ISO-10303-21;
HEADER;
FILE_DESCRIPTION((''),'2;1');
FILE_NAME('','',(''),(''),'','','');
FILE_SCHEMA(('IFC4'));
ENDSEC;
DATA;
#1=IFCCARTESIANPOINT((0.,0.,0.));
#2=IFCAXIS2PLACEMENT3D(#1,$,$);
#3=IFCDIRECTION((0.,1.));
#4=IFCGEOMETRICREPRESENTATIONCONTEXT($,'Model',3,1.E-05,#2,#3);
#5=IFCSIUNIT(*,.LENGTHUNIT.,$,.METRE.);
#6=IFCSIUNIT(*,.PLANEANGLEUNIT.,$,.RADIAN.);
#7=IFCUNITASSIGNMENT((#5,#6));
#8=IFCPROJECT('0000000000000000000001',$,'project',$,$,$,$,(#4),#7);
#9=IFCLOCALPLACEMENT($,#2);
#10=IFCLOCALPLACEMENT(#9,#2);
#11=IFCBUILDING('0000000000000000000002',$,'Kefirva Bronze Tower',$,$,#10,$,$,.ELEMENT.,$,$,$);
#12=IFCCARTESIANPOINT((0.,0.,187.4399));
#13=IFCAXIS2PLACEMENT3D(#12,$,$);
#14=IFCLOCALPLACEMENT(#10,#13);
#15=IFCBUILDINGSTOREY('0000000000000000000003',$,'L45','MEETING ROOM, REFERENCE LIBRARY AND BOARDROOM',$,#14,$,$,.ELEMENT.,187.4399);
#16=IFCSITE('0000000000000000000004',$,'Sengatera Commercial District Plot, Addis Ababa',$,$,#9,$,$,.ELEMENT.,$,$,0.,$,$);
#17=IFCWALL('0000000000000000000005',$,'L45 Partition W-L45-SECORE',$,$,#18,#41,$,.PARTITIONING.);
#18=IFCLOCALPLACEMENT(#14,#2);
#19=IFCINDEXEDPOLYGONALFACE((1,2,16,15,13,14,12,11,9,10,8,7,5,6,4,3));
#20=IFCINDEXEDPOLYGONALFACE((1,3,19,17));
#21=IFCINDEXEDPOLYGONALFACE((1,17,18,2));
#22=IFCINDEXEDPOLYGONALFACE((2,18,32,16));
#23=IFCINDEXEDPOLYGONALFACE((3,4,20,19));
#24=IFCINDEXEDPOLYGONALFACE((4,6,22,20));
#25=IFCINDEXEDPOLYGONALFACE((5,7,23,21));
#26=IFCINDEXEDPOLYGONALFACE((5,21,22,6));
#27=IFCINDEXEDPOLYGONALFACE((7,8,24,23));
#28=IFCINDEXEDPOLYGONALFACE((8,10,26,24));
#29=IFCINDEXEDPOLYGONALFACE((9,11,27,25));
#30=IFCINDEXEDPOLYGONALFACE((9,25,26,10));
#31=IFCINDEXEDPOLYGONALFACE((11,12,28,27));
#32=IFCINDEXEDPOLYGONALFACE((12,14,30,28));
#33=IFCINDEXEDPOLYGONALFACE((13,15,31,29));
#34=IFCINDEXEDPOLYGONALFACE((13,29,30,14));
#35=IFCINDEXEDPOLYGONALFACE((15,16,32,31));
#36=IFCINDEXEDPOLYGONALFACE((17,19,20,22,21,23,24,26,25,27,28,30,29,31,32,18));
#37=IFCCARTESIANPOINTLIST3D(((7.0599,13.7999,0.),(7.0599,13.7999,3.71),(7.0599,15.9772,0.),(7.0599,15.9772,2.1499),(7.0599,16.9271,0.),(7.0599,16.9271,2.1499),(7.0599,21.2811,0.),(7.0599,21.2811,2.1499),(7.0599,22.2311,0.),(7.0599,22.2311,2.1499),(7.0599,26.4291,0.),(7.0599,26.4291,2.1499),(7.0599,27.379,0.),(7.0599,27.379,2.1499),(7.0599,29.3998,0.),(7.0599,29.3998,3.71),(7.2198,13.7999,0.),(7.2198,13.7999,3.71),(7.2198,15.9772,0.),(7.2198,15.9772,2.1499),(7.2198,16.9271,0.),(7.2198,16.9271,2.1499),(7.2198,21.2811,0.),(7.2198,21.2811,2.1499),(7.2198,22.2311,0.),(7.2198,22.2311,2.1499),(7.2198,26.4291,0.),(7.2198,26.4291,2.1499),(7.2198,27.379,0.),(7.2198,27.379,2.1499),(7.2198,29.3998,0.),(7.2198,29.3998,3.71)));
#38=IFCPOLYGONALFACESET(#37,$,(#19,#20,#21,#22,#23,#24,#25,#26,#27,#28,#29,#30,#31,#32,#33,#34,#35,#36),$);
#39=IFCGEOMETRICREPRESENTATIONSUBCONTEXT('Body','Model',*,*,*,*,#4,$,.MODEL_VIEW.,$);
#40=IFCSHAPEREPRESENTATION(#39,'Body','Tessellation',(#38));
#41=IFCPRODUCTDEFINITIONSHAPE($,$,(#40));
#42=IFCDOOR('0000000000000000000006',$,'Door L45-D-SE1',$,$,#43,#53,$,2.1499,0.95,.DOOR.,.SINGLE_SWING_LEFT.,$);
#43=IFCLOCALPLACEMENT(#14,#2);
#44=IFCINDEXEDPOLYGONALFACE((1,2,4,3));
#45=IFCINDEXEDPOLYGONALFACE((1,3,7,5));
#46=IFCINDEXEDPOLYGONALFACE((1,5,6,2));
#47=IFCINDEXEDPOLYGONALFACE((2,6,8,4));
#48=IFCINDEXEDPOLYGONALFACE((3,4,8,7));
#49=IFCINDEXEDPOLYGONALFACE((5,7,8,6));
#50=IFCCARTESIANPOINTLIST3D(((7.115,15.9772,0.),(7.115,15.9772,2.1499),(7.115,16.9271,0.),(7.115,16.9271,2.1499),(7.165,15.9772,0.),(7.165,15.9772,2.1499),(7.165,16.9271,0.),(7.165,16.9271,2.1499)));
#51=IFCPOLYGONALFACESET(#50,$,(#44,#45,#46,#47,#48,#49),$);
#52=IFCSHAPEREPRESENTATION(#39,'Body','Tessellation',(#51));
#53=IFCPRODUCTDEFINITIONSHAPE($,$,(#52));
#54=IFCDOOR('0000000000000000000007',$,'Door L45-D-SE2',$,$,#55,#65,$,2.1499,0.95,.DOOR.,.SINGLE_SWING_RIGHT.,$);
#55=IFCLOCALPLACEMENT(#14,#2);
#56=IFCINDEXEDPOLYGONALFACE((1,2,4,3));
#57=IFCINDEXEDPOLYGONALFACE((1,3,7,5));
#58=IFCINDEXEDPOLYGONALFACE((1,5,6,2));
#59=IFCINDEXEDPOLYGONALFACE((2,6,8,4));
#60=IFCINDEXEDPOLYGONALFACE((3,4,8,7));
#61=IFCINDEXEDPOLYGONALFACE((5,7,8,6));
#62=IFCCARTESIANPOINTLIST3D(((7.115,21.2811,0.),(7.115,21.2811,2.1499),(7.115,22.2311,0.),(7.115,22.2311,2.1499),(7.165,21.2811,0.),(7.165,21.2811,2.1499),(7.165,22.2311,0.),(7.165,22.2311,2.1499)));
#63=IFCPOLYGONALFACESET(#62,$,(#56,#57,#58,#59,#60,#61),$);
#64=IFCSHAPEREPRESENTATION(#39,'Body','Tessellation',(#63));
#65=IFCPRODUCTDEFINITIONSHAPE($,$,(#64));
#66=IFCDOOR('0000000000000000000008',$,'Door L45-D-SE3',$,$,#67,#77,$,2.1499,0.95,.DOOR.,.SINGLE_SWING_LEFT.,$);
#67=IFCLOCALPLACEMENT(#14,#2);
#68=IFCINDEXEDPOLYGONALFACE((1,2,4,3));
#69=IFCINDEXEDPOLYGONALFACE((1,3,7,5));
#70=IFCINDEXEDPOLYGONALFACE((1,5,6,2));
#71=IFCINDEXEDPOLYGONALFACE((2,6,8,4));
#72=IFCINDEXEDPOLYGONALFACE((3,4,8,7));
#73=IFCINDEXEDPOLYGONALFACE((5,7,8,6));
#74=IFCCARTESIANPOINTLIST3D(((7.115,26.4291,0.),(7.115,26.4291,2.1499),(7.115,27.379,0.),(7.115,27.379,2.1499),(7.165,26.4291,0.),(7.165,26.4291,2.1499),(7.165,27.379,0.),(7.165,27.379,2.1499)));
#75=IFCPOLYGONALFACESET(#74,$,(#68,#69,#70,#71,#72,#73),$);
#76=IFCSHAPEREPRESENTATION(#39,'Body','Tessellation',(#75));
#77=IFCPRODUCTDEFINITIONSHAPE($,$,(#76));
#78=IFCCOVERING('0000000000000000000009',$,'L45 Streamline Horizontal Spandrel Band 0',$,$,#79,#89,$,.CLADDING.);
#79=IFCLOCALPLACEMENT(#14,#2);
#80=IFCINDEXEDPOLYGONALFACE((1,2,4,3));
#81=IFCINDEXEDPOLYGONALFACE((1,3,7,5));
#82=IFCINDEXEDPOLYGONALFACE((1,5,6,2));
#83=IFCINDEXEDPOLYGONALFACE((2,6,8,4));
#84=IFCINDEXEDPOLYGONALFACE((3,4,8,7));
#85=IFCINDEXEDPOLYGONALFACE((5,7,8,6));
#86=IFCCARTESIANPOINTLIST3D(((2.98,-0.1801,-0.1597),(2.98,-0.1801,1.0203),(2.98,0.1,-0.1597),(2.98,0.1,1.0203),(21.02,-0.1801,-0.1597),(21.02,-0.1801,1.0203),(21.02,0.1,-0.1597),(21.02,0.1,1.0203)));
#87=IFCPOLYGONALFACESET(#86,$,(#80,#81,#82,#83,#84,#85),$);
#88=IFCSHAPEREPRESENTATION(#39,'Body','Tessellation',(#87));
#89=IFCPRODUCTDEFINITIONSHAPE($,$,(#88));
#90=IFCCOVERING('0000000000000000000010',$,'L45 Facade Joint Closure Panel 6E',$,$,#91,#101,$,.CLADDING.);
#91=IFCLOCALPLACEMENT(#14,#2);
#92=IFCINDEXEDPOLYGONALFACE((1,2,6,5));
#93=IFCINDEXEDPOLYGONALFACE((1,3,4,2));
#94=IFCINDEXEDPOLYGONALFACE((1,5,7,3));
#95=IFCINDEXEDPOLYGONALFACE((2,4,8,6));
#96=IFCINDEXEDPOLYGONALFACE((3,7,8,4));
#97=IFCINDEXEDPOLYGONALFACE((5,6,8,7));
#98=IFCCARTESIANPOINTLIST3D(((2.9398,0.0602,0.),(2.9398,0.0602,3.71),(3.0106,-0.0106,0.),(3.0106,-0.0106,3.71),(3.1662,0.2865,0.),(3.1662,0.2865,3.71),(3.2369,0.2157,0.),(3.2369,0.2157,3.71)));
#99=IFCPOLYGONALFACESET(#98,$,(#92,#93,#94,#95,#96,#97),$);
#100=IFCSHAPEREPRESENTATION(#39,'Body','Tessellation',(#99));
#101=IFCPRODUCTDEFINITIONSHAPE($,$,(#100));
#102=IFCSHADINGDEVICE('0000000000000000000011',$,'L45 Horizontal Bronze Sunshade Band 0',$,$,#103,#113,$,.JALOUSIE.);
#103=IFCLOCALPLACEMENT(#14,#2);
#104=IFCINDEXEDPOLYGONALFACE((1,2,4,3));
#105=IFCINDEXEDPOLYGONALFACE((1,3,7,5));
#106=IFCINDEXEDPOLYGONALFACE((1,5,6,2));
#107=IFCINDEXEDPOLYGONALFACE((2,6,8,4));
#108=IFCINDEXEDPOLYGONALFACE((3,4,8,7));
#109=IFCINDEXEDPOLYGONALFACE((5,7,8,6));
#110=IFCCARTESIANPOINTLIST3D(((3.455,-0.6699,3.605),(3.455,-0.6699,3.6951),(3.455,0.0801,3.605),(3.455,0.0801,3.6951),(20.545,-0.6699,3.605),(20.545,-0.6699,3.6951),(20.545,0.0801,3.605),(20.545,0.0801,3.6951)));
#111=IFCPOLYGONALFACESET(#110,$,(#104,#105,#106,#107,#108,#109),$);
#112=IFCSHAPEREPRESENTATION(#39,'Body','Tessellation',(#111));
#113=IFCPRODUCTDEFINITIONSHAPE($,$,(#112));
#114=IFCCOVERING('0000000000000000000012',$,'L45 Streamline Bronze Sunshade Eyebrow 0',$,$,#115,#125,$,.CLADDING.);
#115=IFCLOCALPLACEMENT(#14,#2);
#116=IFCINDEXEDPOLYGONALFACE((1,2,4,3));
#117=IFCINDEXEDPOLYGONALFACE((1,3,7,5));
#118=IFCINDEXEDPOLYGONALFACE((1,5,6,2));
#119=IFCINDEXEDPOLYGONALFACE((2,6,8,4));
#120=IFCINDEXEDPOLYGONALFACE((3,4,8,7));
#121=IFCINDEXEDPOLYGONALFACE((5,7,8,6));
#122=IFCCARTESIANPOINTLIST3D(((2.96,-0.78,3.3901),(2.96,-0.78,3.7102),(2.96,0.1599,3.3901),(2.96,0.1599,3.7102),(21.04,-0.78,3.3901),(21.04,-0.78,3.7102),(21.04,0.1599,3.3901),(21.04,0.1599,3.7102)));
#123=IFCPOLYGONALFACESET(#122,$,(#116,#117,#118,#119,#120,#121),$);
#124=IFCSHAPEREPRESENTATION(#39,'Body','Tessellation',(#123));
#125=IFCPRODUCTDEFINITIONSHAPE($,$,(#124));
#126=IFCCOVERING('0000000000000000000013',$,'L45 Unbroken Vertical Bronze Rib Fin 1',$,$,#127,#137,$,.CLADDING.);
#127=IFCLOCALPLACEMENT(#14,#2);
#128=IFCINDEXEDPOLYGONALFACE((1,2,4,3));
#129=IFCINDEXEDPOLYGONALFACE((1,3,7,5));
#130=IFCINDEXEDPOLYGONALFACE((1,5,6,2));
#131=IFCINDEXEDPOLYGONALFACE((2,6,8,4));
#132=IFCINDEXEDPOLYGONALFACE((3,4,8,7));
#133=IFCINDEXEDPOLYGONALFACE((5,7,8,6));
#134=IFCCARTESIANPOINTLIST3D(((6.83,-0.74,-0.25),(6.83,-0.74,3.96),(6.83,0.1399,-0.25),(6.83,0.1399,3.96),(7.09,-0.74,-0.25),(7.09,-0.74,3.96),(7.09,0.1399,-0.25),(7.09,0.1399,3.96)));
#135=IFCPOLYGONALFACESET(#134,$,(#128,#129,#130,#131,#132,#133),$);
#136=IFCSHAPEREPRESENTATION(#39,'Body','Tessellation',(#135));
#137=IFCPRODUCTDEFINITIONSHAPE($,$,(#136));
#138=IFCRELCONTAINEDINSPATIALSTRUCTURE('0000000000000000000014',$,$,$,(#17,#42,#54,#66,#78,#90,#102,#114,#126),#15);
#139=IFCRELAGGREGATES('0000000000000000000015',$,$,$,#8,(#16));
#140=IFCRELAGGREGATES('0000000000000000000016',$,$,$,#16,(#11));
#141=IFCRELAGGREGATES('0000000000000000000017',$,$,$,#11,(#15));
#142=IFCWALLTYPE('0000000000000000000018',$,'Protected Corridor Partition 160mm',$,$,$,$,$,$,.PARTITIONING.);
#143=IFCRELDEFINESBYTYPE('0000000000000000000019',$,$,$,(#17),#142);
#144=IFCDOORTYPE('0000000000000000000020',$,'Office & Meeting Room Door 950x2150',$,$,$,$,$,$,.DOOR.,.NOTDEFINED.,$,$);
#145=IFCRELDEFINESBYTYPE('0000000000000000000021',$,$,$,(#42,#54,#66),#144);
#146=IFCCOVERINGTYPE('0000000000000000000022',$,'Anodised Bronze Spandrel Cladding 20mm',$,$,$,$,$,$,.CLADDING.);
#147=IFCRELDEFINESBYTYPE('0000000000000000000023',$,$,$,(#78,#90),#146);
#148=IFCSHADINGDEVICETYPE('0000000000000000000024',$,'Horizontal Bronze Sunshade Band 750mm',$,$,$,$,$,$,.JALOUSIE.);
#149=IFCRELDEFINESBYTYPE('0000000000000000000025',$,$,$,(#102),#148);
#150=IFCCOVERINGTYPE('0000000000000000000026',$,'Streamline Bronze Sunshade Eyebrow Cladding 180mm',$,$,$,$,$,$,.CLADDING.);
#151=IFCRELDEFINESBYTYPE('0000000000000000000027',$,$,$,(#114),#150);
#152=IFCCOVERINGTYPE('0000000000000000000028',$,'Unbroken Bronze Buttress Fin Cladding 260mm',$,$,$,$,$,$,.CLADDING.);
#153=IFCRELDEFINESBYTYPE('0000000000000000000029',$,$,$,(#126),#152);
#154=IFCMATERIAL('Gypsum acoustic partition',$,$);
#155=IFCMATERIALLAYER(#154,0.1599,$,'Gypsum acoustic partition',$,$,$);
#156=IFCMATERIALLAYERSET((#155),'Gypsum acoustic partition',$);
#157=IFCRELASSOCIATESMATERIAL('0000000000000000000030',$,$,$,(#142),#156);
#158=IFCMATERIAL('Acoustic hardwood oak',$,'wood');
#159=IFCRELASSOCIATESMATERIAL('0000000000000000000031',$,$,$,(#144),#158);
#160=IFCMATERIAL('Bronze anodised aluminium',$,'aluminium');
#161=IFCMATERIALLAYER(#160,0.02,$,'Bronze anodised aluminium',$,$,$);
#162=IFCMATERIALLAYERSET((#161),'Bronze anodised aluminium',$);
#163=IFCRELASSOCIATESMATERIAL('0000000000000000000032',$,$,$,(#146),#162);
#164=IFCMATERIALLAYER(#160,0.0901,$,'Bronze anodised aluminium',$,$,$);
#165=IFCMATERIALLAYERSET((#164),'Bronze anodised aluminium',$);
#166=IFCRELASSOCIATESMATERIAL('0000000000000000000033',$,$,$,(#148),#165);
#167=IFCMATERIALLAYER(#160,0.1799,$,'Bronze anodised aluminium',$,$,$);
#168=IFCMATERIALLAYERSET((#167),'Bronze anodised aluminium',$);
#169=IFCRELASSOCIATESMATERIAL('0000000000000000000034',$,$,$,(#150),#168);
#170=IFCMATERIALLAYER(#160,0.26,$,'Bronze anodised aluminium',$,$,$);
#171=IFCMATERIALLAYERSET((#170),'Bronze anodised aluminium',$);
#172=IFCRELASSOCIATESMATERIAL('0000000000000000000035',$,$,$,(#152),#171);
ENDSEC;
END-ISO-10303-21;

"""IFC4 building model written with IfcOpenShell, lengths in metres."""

from ifc_helpers import new_model, si_unit, direction, frame, frame_2d, origin, origin_2d, place, context, subcontext, project, spatial, rectangle, extrude, material, layer, layer_set, type_object, element, fill, save


model = new_model("IFC4")

# Units and contexts
model_context = context("Model", 3, precision=1e-05, world=origin(), true_north=direction((0.0, 1.0)))
body_context = subcontext(model_context, "Body", "Model", "MODEL_VIEW")
ifc_project = project(units=[si_unit("LENGTHUNIT", "METRE"), si_unit("PLANEANGLEUNIT", "RADIAN")], contexts=[model_context])

# Site, building, storey
site_placement = place(None, origin())
site = spatial("IfcSite", under=ifc_project, at=site_placement, Name="Sengatera Commercial District Plot, Addis Ababa", CompositionType="ELEMENT", RefElevation=0.0)
building_placement = place(site_placement, origin())
building = spatial("IfcBuilding", under=site, at=building_placement, Name="Kefirva Bronze Tower", CompositionType="ELEMENT")
storey_placement = place(building_placement, frame((0.0, 0.0, 187.4399)))
storey = spatial("IfcBuildingStorey", under=building, at=storey_placement, Name="L45", Description="MEETING ROOM, REFERENCE LIBRARY AND BOARDROOM", CompositionType="ELEMENT", Elevation=187.4399)

# Shared definitions
ifc_material_1 = material(Name="Bronze anodised aluminium", Category="aluminium")

# Shared definitions
ifc_material_2 = material(Name="Gypsum acoustic partition")

# Shared definitions
ifc_layer_1 = layer(ifc_material_2, 0.1599, Name="Gypsum acoustic partition")
ifc_layer_set_1 = layer_set([ifc_layer_1], Name="Gypsum acoustic partition")
wall_type_1 = type_object("IfcWallType", Name="Protected Corridor Partition 160mm", PredefinedType="PARTITIONING", material=ifc_layer_set_1)
ifc_material_3 = material(Name="Acoustic hardwood oak", Category="wood")
door_type = type_object("IfcDoorType", Name="Office & Meeting Room Door 950x2150", OperationType="NOTDEFINED", PredefinedType="DOOR", material=ifc_material_3)

# Wall, openings, doors
wall_1_placement = place(storey_placement, frame((7.1399, 13.8, 0.0), z_axis=(0.0, 0.0, 1.0), x_axis=(0.0, 1.0, 0.0)))
wall_1 = element("IfcWall", 1, at=wall_1_placement, inside=storey, type_object=wall_type_1, Name="L45 Partition W-L45-SECORE", PredefinedType="PARTITIONING", context=body_context, shape_type="SweptSolid", body=[
    extrude(rectangle(XDim=15.5999, YDim=0.1599, at=frame_2d((7.7998, 0.0))), origin(), (0.0, 0.0, 1.0), 3.71),
])
opening_1_placement = place(wall_1_placement, frame((2.177, 0.0, 0.0)))
opening_1 = element("IfcOpeningElement", 2, at=opening_1_placement, cuts=wall_1, PredefinedType="OPENING", context=body_context, shape_type="SweptSolid", body=[
    extrude(rectangle(XDim=0.95, YDim=2.1499, at=frame_2d((0.4751, 1.075))), frame((0.0, 0.0898, 0.0), z_axis=(0.0, -1.0, 0.0), x_axis=(1.0, 0.0, 0.0)), (0.0, 0.0, 1.0), 0.1799),
])
opening_2_placement = place(wall_1_placement, frame((7.481, 0.0, 0.0)))
opening_2 = element("IfcOpeningElement", 3, at=opening_2_placement, cuts=wall_1, PredefinedType="OPENING", context=body_context, shape_type="SweptSolid", body=[
    extrude(rectangle(XDim=0.95, YDim=2.1499, at=frame_2d((0.4751, 1.075))), frame((0.0, 0.0898, 0.0), z_axis=(0.0, -1.0, 0.0), x_axis=(1.0, 0.0, 0.0)), (0.0, 0.0, 1.0), 0.1799),
])
opening_3_placement = place(wall_1_placement, frame((12.6289, 0.0, 0.0)))
opening_3 = element("IfcOpeningElement", 4, at=opening_3_placement, cuts=wall_1, PredefinedType="OPENING", context=body_context, shape_type="SweptSolid", body=[
    extrude(rectangle(XDim=0.95, YDim=2.1499, at=frame_2d((0.4751, 1.075))), frame((0.0, 0.0898, 0.0), z_axis=(0.0, -1.0, 0.0), x_axis=(1.0, 0.0, 0.0)), (0.0, 0.0, 1.0), 0.1799),
])
door_1_placement = place(opening_1_placement, origin())
door_1 = element("IfcDoor", 5, at=door_1_placement, inside=storey, type_object=door_type, Name="Door L45-D-SE1", OperationType="SINGLE_SWING_LEFT", OverallHeight=2.1499, OverallWidth=0.95, PredefinedType="DOOR", context=body_context, shape_type="SweptSolid", body=[
    extrude(rectangle(XDim=0.95, YDim=2.1499, at=frame_2d((0.4751, 1.075))), frame((0.0, 0.0249, 0.0), z_axis=(0.0, -1.0, 0.0), x_axis=(1.0, 0.0, 0.0)), (0.0, 0.0, 1.0), 0.05),
])
fill(opening_1, door_1)
door_2_placement = place(opening_2_placement, origin())
door_2 = element("IfcDoor", 6, at=door_2_placement, inside=storey, type_object=door_type, Name="Door L45-D-SE2", OperationType="SINGLE_SWING_RIGHT", OverallHeight=2.1499, OverallWidth=0.95, PredefinedType="DOOR", context=body_context, shape_type="SweptSolid", body=[
    extrude(rectangle(XDim=0.95, YDim=2.1499, at=frame_2d((0.4751, 1.075))), frame((0.0, 0.0249, 0.0), z_axis=(0.0, -1.0, 0.0), x_axis=(1.0, 0.0, 0.0)), (0.0, 0.0, 1.0), 0.05),
])
fill(opening_2, door_2)
door_3_placement = place(opening_3_placement, origin())
door_3 = element("IfcDoor", 7, at=door_3_placement, inside=storey, type_object=door_type, Name="Door L45-D-SE3", OperationType="SINGLE_SWING_LEFT", OverallHeight=2.1499, OverallWidth=0.95, PredefinedType="DOOR", context=body_context, shape_type="SweptSolid", body=[
    extrude(rectangle(XDim=0.95, YDim=2.1499, at=frame_2d((0.4751, 1.075))), frame((0.0, 0.0249, 0.0), z_axis=(0.0, -1.0, 0.0), x_axis=(1.0, 0.0, 0.0)), (0.0, 0.0, 1.0), 0.05),
])
fill(opening_3, door_3)

# Coverings
ifc_layer_2 = layer(ifc_material_1, 0.02, Name="Bronze anodised aluminium")
ifc_layer_set_2 = layer_set([ifc_layer_2], Name="Bronze anodised aluminium")
covering_type_1 = type_object("IfcCoveringType", Name="Anodised Bronze Spandrel Cladding 20mm", PredefinedType="CLADDING", material=ifc_layer_set_2)
covering_1_placement = place(storey_placement, frame((12.0, -0.04, -0.1597), z_axis=(0.0, 0.0, 1.0), x_axis=(1.0, 0.0, 0.0)))
element("IfcCovering", 8, at=covering_1_placement, inside=storey, type_object=covering_type_1, Name="L45 Streamline Horizontal Spandrel Band 0", PredefinedType="CLADDING", context=body_context, shape_type="SweptSolid", body=[
    extrude(rectangle(XDim=18.04, YDim=0.28, at=origin_2d()), origin(), (0.0, 0.0, 1.0), 1.1799),
])
covering_2_placement = place(storey_placement, frame((3.0884, 0.1379, 0.0), z_axis=(0.0, 0.0, 1.0), x_axis=(0.707107, -0.707107, 0.0)))
element("IfcCovering", 9, at=covering_2_placement, inside=storey, type_object=covering_type_1, Name="L45 Facade Joint Closure Panel 6E", PredefinedType="CLADDING", context=body_context, shape_type="SweptSolid", body=[
    extrude(rectangle(XDim=0.1001, YDim=0.3201, at=origin_2d()), origin(), (0.0, 0.0, 1.0), 3.71),
])

# Shading device
ifc_layer_3 = layer(ifc_material_1, 0.0901, Name="Bronze anodised aluminium")
ifc_layer_set_3 = layer_set([ifc_layer_3], Name="Bronze anodised aluminium")
shading_device_type = type_object("IfcShadingDeviceType", Name="Horizontal Bronze Sunshade Band 750mm", PredefinedType="JALOUSIE", material=ifc_layer_set_3)
shading_device_placement = place(storey_placement, frame((12.0, -0.2949, 3.605), z_axis=(0.0, 0.0, 1.0), x_axis=(1.0, 0.0, 0.0)))
element("IfcShadingDevice", 10, at=shading_device_placement, inside=storey, type_object=shading_device_type, Name="L45 Horizontal Bronze Sunshade Band 0", PredefinedType="JALOUSIE", context=body_context, shape_type="SweptSolid", body=[
    extrude(rectangle(XDim=17.0901, YDim=0.75, at=origin_2d()), origin(), (0.0, 0.0, 1.0), 0.0901),
])

# Coverings
ifc_layer_4 = layer(ifc_material_1, 0.1799, Name="Bronze anodised aluminium")
ifc_layer_set_4 = layer_set([ifc_layer_4], Name="Bronze anodised aluminium")
covering_type_2 = type_object("IfcCoveringType", Name="Streamline Bronze Sunshade Eyebrow Cladding 180mm", PredefinedType="CLADDING", material=ifc_layer_set_4)
covering_3_placement = place(storey_placement, frame((12.0, -0.3101, 3.3901), z_axis=(0.0, 0.0, 1.0), x_axis=(1.0, 0.0, 0.0)))
element("IfcCovering", 11, at=covering_3_placement, inside=storey, type_object=covering_type_2, Name="L45 Streamline Bronze Sunshade Eyebrow 0", PredefinedType="CLADDING", context=body_context, shape_type="SweptSolid", body=[
    extrude(rectangle(XDim=18.0801, YDim=0.9399, at=origin_2d()), origin(), (0.0, 0.0, 1.0), 0.3201),
])
ifc_layer_5 = layer(ifc_material_1, 0.26, Name="Bronze anodised aluminium")
ifc_layer_set_5 = layer_set([ifc_layer_5], Name="Bronze anodised aluminium")
covering_type_3 = type_object("IfcCoveringType", Name="Unbroken Bronze Buttress Fin Cladding 260mm", PredefinedType="CLADDING", material=ifc_layer_set_5)
covering_4_placement = place(storey_placement, frame((6.96, -0.3, -0.25), z_axis=(0.0, 0.0, 1.0), x_axis=(1.0, 0.0, 0.0)))
element("IfcCovering", 12, at=covering_4_placement, inside=storey, type_object=covering_type_3, Name="L45 Unbroken Vertical Bronze Rib Fin 1", PredefinedType="CLADDING", context=body_context, shape_type="SweptSolid", body=[
    extrude(rectangle(XDim=0.26, YDim=0.8799, at=origin_2d()), origin(), (0.0, 0.0, 1.0), 4.21),
])

save(model, "model.ifc")
